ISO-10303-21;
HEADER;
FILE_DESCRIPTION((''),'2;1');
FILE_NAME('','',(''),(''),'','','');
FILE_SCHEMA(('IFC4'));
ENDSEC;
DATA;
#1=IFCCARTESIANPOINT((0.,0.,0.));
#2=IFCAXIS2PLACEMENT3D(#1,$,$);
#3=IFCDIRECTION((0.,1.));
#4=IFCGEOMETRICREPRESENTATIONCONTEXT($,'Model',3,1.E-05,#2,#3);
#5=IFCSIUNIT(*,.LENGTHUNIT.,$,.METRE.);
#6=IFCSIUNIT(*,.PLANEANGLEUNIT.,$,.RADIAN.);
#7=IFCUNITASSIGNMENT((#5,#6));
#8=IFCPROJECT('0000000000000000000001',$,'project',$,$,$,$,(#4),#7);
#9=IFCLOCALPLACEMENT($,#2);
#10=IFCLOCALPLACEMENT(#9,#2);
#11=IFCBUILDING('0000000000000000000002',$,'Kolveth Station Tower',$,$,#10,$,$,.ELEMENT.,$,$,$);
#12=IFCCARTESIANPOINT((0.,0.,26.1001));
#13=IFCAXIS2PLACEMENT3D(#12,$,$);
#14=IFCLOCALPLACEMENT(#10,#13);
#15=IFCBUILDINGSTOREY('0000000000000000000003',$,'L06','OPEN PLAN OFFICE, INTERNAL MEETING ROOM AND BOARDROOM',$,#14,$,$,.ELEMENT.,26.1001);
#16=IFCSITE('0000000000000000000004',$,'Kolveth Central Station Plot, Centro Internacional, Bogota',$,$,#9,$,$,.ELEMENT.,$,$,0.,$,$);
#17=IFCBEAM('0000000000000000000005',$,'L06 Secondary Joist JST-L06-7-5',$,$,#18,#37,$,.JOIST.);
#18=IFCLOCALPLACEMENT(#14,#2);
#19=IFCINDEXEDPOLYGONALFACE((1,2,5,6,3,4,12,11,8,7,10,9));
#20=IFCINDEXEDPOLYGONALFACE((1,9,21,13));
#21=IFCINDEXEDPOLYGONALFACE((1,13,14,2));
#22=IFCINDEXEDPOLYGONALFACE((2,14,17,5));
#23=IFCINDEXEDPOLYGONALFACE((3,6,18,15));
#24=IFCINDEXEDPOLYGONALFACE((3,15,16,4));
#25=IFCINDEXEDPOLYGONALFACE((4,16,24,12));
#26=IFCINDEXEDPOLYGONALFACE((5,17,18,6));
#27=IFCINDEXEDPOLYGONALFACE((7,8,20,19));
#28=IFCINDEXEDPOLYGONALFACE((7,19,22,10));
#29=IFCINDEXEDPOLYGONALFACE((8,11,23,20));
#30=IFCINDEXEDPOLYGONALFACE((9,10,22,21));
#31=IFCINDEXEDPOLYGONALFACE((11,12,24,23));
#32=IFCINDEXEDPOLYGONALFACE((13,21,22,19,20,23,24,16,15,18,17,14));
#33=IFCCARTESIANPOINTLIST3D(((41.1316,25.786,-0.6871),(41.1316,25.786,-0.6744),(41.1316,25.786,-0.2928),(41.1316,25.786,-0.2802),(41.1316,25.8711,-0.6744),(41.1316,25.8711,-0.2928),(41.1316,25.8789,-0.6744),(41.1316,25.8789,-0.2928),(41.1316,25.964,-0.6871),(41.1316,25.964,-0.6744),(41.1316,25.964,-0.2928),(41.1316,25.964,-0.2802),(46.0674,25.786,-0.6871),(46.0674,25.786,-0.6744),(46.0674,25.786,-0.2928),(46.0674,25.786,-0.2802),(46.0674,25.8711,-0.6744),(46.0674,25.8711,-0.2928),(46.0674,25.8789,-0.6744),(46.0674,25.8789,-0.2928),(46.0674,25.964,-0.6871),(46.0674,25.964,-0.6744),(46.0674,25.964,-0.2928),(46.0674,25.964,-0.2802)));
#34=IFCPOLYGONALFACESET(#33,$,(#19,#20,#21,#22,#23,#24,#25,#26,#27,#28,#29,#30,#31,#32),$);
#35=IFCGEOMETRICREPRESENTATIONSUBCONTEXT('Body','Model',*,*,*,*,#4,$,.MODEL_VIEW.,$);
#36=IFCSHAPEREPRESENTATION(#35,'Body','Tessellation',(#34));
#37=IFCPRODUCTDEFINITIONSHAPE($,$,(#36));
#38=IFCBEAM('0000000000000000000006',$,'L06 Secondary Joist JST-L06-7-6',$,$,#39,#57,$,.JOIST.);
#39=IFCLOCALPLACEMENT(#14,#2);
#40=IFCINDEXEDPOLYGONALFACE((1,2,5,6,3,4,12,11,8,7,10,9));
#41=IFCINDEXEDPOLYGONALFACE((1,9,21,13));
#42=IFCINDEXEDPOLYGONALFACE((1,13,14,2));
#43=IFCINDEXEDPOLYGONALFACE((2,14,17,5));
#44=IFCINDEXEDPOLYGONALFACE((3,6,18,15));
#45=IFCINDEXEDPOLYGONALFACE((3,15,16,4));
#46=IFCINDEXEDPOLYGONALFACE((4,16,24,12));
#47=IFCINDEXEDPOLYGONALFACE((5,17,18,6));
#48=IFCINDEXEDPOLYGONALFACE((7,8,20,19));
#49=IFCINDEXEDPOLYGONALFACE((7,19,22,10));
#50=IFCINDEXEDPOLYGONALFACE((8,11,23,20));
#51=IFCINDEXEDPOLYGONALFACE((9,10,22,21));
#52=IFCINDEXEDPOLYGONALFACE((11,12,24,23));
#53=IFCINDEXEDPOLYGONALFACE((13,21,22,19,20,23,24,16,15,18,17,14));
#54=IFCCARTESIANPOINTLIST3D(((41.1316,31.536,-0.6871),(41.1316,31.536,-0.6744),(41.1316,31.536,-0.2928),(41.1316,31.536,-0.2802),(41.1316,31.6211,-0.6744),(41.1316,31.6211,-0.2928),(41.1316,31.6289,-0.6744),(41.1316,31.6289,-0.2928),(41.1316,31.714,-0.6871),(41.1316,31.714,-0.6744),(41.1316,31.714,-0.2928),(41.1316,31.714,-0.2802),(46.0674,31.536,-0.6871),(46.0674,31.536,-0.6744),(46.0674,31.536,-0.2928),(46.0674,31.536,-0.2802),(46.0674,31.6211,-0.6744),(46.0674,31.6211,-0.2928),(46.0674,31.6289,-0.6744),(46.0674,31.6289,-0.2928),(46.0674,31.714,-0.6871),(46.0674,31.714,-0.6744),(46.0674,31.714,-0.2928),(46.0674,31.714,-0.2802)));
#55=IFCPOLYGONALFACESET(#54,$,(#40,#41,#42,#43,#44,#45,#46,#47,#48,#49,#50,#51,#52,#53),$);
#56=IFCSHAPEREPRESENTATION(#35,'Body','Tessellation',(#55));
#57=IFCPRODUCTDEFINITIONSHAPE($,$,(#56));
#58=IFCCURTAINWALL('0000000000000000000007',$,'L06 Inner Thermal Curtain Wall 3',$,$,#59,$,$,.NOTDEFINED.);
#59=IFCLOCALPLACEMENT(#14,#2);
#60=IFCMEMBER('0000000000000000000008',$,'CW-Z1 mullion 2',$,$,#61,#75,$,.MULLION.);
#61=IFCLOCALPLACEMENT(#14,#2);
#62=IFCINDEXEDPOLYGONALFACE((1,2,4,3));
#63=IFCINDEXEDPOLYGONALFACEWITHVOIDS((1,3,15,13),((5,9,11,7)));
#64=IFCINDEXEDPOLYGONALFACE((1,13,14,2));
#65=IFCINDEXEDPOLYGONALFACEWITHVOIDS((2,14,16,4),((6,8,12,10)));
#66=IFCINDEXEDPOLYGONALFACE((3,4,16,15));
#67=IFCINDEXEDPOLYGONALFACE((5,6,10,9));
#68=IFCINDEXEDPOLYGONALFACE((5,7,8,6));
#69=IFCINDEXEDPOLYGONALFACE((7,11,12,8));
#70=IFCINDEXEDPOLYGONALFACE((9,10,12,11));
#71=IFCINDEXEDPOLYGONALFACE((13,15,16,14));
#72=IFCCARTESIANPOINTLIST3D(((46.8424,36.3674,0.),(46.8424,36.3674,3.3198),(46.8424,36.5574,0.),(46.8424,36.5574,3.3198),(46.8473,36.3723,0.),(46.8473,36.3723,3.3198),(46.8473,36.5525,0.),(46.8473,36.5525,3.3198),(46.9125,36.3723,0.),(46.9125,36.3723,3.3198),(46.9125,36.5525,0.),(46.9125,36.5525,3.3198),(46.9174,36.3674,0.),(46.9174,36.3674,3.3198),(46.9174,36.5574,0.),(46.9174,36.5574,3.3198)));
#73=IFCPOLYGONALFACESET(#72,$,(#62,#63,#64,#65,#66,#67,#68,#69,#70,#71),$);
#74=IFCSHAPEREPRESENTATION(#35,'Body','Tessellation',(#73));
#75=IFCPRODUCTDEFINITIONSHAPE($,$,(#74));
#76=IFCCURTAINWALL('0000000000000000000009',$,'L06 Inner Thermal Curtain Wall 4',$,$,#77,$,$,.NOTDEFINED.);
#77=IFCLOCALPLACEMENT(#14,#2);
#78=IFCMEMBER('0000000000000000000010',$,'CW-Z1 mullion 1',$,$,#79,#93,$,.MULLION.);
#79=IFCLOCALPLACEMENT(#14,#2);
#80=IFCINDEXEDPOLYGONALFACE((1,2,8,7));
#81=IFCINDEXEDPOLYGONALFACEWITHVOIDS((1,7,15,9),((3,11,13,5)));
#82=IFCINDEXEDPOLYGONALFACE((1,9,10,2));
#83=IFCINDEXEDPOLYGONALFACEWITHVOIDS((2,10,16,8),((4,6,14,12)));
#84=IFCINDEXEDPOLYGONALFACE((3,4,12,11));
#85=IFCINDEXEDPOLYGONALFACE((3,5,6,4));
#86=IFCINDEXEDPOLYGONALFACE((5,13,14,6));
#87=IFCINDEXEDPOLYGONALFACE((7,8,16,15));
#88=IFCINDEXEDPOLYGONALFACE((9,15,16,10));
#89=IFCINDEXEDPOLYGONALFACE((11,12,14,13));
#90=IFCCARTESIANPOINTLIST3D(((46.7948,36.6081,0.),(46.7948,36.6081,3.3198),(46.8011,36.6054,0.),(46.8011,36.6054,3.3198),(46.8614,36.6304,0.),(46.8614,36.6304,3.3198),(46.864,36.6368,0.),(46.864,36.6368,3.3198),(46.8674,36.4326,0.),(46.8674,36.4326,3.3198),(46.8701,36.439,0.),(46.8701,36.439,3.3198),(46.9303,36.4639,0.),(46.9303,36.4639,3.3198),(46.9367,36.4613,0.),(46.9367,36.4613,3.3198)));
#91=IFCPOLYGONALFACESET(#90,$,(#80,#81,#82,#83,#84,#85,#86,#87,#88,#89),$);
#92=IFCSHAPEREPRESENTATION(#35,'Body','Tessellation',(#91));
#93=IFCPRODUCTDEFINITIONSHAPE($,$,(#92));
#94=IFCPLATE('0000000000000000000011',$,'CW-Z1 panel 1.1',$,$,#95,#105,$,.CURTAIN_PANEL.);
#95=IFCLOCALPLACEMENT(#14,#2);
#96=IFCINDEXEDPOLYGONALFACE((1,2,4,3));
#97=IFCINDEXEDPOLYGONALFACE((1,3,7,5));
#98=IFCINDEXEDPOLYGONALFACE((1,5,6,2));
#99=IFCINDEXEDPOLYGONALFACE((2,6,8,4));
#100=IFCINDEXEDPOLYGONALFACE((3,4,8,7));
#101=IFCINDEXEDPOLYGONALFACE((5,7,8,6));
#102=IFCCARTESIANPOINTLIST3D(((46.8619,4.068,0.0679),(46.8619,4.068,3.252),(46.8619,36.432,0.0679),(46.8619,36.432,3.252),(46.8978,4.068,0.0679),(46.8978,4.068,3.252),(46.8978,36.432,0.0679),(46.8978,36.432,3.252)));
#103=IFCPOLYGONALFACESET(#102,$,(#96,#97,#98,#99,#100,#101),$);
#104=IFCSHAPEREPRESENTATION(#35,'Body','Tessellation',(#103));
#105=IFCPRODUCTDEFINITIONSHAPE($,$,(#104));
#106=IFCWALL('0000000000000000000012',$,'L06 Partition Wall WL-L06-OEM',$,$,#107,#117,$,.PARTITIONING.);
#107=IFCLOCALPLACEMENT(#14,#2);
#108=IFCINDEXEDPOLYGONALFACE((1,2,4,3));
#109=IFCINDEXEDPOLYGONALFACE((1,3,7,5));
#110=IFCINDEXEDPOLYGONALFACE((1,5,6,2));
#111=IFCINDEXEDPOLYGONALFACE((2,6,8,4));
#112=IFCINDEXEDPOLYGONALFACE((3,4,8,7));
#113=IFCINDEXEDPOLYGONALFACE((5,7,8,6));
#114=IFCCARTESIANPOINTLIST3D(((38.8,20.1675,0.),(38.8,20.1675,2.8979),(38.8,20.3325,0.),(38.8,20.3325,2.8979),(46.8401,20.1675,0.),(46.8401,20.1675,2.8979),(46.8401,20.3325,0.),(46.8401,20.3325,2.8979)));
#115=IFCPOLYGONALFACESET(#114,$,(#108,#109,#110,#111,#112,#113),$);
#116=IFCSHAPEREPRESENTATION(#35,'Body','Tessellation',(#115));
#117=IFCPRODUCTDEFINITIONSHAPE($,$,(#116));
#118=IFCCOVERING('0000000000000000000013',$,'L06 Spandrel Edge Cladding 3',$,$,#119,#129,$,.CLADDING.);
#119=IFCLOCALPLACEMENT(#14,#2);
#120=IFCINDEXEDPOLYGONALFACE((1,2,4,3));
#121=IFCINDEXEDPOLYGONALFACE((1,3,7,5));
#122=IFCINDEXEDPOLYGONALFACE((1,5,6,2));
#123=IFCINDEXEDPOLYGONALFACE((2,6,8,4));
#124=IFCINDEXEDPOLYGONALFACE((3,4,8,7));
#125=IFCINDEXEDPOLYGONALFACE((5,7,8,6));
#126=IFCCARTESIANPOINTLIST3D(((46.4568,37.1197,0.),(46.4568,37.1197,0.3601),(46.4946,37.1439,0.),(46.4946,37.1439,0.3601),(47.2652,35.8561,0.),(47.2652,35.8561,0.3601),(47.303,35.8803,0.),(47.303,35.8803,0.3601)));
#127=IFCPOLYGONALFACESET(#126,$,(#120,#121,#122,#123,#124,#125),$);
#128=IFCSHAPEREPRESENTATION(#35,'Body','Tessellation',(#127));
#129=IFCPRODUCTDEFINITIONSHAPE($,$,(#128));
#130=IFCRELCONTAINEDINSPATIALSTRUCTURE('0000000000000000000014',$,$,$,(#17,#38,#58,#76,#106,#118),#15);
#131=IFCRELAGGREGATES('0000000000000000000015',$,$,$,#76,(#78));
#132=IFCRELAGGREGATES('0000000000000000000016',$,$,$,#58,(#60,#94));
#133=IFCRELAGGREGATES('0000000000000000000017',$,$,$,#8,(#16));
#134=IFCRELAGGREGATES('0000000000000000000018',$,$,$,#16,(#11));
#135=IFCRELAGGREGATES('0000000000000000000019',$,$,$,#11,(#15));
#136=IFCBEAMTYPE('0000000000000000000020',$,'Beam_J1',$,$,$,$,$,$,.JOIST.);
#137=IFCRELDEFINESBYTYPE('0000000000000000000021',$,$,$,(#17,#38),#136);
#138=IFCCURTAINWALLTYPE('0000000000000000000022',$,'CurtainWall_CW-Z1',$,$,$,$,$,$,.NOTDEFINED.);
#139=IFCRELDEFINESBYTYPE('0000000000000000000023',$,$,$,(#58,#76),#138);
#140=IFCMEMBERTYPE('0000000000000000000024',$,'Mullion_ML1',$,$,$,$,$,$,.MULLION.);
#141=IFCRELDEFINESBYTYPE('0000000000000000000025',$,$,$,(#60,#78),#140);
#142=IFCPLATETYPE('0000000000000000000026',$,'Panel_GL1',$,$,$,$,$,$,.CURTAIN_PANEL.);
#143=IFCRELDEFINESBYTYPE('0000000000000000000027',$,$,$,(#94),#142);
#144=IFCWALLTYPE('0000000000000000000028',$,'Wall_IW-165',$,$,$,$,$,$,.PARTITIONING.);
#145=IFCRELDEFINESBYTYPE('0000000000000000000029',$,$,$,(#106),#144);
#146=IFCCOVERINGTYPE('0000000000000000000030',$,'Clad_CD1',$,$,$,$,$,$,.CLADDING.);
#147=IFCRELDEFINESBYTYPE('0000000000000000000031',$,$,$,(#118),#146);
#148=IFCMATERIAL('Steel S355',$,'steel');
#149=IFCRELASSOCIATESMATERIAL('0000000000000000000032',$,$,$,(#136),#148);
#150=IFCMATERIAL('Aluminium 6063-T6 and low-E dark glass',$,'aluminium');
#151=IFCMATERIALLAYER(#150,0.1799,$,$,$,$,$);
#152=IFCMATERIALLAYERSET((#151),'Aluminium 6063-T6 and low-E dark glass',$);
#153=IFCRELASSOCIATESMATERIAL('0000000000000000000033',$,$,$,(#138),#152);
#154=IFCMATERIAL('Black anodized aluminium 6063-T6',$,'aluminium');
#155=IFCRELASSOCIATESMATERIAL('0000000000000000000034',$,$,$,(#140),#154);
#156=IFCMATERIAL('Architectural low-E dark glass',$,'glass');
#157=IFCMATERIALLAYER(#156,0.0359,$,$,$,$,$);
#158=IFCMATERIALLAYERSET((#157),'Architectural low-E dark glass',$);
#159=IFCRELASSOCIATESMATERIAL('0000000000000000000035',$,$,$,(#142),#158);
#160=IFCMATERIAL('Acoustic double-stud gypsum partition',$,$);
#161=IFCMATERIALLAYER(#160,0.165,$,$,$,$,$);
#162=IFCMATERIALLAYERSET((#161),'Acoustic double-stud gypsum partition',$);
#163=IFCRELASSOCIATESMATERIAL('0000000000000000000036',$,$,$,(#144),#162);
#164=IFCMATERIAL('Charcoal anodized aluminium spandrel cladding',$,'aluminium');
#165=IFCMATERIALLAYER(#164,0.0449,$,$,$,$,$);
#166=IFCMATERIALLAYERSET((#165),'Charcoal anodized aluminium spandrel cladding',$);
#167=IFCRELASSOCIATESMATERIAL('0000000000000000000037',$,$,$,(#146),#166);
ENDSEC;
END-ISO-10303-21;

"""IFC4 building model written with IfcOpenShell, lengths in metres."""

from ifc_helpers import new_model, si_unit, direction, frame, frame_2d, origin, origin_2d, place, context, subcontext, project, spatial, rectangle, hollow_rectangle, i_section, extrude, source, transform, mapped, material, layer, layer_set, material_profile, profile_set, type_object, element, aggregate, save


model = new_model("IFC4")

# Units and contexts
model_context = context("Model", 3, precision=1e-05, world=origin(), true_north=direction((0.0, 1.0)))
body_context = subcontext(model_context, "Body", "Model", "MODEL_VIEW")
ifc_project = project(units=[si_unit("LENGTHUNIT", "METRE"), si_unit("PLANEANGLEUNIT", "RADIAN")], contexts=[model_context])

# Site, building, storey
site_placement = place(None, origin())
site = spatial("IfcSite", under=ifc_project, at=site_placement, Name="Kolveth Central Station Plot, Centro Internacional, Bogota", CompositionType="ELEMENT", RefElevation=0.0)
building_placement = place(site_placement, origin())
building = spatial("IfcBuilding", under=site, at=building_placement, Name="Kolveth Station Tower", CompositionType="ELEMENT")
storey_placement = place(building_placement, frame((0.0, 0.0, 26.1001)))
storey = spatial("IfcBuildingStorey", under=building, at=storey_placement, Name="L06", Description="OPEN PLAN OFFICE, INTERNAL MEETING ROOM AND BOARDROOM", CompositionType="ELEMENT", Elevation=26.1001)

# Shared definitions
ifc_material_1 = material(Name="Steel S355", Category="steel")

# Beams
ifc_material_profile_1 = material_profile(ifc_material_1, i_section(OverallWidth=0.178, OverallDepth=0.407, WebThickness=0.0078, FlangeThickness=0.0127, at=origin_2d()), Name="W410x60")
ifc_profile_set_1 = profile_set([ifc_material_profile_1], Name="Steel S355")
beam_type_1 = type_object("IfcBeamType", Name="Beam_J1", PredefinedType="JOIST", material=ifc_profile_set_1)
shared_shape_1 = source(origin(), body_context, "Body", "SweptSolid", [
    extrude(i_section(OverallWidth=0.178, OverallDepth=0.407, WebThickness=0.0078, FlangeThickness=0.0127, at=origin_2d()), origin(), (0.0, 0.0, 1.0), 4.9358),
])
for number, where, z_axis, x_axis, name in (
    (1, (41.1316, 25.875, -0.4836), (1.0, 0.0, 0.0), (0.0, 1.0, 0.0), "L06 Secondary Joist JST-L06-7-5"),
    (2, (41.1316, 31.625, -0.4836), (1.0, 0.0, 0.0), (0.0, 1.0, 0.0), "L06 Secondary Joist JST-L06-7-6"),
):
    element("IfcBeam", number, at=place(storey_placement, frame(where, z_axis=z_axis, x_axis=x_axis)), inside=storey, type_object=beam_type_1, Name=name, PredefinedType="JOIST", context=body_context, shape_type="MappedRepresentation", body=[
        mapped(shared_shape_1, transform((0.0, 0.0, 0.0), x_axis=(1.0, 0.0, 0.0), y_axis=(0.0, 1.0, 0.0), z_axis=(0.0, 0.0, 1.0), scale=1.0)),
    ])

# Curtain walls, members
ifc_material_2 = material(Name="Aluminium 6063-T6 and low-E dark glass", Category="aluminium")
ifc_layer_1 = layer(ifc_material_2, 0.1799)
ifc_layer_set_1 = layer_set([ifc_layer_1], Name="Aluminium 6063-T6 and low-E dark glass")
curtain_wall_type = type_object("IfcCurtainWallType", Name="CurtainWall_CW-Z1", PredefinedType="NOTDEFINED", material=ifc_layer_set_1)
curtain_wall_1_placement = place(storey_placement, origin())
curtain_wall_1 = element("IfcCurtainWall", 3, at=curtain_wall_1_placement, inside=storey, type_object=curtain_wall_type, Name="L06 Inner Thermal Curtain Wall 3", PredefinedType="NOTDEFINED")
ifc_material_3 = material(Name="Black anodized aluminium 6063-T6", Category="aluminium")
ifc_material_profile_2 = material_profile(ifc_material_3, hollow_rectangle(XDim=0.075, YDim=0.1899, WallThickness=0.0049, at=origin_2d()), Name="ALU-75x190x5")
ifc_profile_set_2 = profile_set([ifc_material_profile_2], Name="Black anodized aluminium 6063-T6")
member_type = type_object("IfcMemberType", Name="Mullion_ML1", PredefinedType="MULLION", material=ifc_profile_set_2)
shared_shape_2 = source(origin(), body_context, "Body", "SweptSolid", [
    extrude(hollow_rectangle(XDim=0.075, YDim=0.1899, WallThickness=0.0049, at=origin_2d()), origin(), (0.0, 0.0, 1.0), 3.3198),
])
member_1_placement = place(storey_placement, frame((46.8799, 36.4624, 0.0), z_axis=(0.0, 0.0, 1.0), x_axis=(-1.0, 0.0, 0.0)))
member_1 = element("IfcMember", 4, at=member_1_placement, type_object=member_type, Name="CW-Z1 mullion 2", PredefinedType="MULLION", context=body_context, shape_type="MappedRepresentation", body=[
    mapped(shared_shape_2, transform((0.0, 0.0, 0.0), x_axis=(1.0, 0.0, 0.0), y_axis=(0.0, 1.0, 0.0), z_axis=(0.0, 0.0, 1.0), scale=1.0)),
])
curtain_wall_2_placement = place(storey_placement, origin())
curtain_wall_2 = element("IfcCurtainWall", 5, at=curtain_wall_2_placement, inside=storey, type_object=curtain_wall_type, Name="L06 Inner Thermal Curtain Wall 4", PredefinedType="NOTDEFINED")
member_2_placement = place(storey_placement, frame((46.8657, 36.5347, 0.0), z_axis=(0.0, 0.0, 1.0), x_axis=(-0.923884, -0.382673, 0.0)))
member_2 = element("IfcMember", 6, at=member_2_placement, type_object=member_type, Name="CW-Z1 mullion 1", PredefinedType="MULLION", context=body_context, shape_type="MappedRepresentation", body=[
    mapped(shared_shape_2, transform((0.0, 0.0, 0.0), x_axis=(1.0, 0.0, 0.0), y_axis=(0.0, 1.0, 0.0), z_axis=(0.0, 0.0, 1.0), scale=1.0)),
])
aggregate(curtain_wall_2, [member_2])

# Plate
ifc_material_4 = material(Name="Architectural low-E dark glass", Category="glass")
ifc_layer_2 = layer(ifc_material_4, 0.0359)
ifc_layer_set_2 = layer_set([ifc_layer_2], Name="Architectural low-E dark glass")
plate_type = type_object("IfcPlateType", Name="Panel_GL1", PredefinedType="CURTAIN_PANEL", material=ifc_layer_set_2)
shared_shape_3 = source(origin(), body_context, "Body", "SweptSolid", [
    extrude(rectangle(XDim=32.364, YDim=0.0359, at=origin_2d()), origin(), (0.0, 0.0, 1.0), 3.1841),
])
plate_placement = place(storey_placement, frame((46.8799, 20.25, 0.0679), z_axis=(0.0, 0.0, 1.0), x_axis=(0.0, 1.0, 0.0)))
plate = element("IfcPlate", 7, at=plate_placement, type_object=plate_type, Name="CW-Z1 panel 1.1", PredefinedType="CURTAIN_PANEL", context=body_context, shape_type="MappedRepresentation", body=[
    mapped(shared_shape_3, transform((0.0, 0.0, 0.0), x_axis=(1.0, 0.0, 0.0), y_axis=(0.0, 1.0, 0.0), z_axis=(0.0, 0.0, 1.0), scale=1.0)),
])
aggregate(curtain_wall_1, [member_1, plate])

# Wall
ifc_material_5 = material(Name="Acoustic double-stud gypsum partition")
ifc_layer_3 = layer(ifc_material_5, 0.165)
ifc_layer_set_3 = layer_set([ifc_layer_3], Name="Acoustic double-stud gypsum partition")
wall_type = type_object("IfcWallType", Name="Wall_IW-165", PredefinedType="PARTITIONING", material=ifc_layer_set_3)
wall_placement = place(storey_placement, frame((38.8, 20.25, 0.0), z_axis=(0.0, 0.0, 1.0), x_axis=(1.0, 0.0, 0.0)))
element("IfcWall", 8, at=wall_placement, inside=storey, type_object=wall_type, Name="L06 Partition Wall WL-L06-OEM", PredefinedType="PARTITIONING", context=body_context, shape_type="SweptSolid", body=[
    extrude(rectangle(XDim=8.04, YDim=0.165, at=frame_2d((4.02, 0.0))), origin(), (0.0, 0.0, 1.0), 2.8979),
])

# Covering
ifc_material_6 = material(Name="Charcoal anodized aluminium spandrel cladding", Category="aluminium")
ifc_layer_4 = layer(ifc_material_6, 0.0449)
ifc_layer_set_4 = layer_set([ifc_layer_4], Name="Charcoal anodized aluminium spandrel cladding")
covering_type = type_object("IfcCoveringType", Name="Clad_CD1", PredefinedType="CLADDING", material=ifc_layer_set_4)
shared_shape_4 = source(origin(), body_context, "Body", "SweptSolid", [
    extrude(rectangle(XDim=1.5, YDim=0.0449, at=origin_2d()), origin(), (0.0, 0.0, 1.0), 0.3601),
])
covering_placement = place(storey_placement, frame((46.8799, 36.5, 0.0), z_axis=(0.0, 0.0, 1.0), x_axis=(-0.538918, 0.842358, 0.0)))
element("IfcCovering", 9, at=covering_placement, inside=storey, type_object=covering_type, Name="L06 Spandrel Edge Cladding 3", PredefinedType="CLADDING", context=body_context, shape_type="MappedRepresentation", body=[
    mapped(shared_shape_4, transform((0.0, 0.0, 0.0), x_axis=(1.0, 0.0, 0.0), y_axis=(0.0, 1.0, 0.0), z_axis=(0.0, 0.0, 1.0), scale=1.0)),
])

save(model, "model.ifc")
